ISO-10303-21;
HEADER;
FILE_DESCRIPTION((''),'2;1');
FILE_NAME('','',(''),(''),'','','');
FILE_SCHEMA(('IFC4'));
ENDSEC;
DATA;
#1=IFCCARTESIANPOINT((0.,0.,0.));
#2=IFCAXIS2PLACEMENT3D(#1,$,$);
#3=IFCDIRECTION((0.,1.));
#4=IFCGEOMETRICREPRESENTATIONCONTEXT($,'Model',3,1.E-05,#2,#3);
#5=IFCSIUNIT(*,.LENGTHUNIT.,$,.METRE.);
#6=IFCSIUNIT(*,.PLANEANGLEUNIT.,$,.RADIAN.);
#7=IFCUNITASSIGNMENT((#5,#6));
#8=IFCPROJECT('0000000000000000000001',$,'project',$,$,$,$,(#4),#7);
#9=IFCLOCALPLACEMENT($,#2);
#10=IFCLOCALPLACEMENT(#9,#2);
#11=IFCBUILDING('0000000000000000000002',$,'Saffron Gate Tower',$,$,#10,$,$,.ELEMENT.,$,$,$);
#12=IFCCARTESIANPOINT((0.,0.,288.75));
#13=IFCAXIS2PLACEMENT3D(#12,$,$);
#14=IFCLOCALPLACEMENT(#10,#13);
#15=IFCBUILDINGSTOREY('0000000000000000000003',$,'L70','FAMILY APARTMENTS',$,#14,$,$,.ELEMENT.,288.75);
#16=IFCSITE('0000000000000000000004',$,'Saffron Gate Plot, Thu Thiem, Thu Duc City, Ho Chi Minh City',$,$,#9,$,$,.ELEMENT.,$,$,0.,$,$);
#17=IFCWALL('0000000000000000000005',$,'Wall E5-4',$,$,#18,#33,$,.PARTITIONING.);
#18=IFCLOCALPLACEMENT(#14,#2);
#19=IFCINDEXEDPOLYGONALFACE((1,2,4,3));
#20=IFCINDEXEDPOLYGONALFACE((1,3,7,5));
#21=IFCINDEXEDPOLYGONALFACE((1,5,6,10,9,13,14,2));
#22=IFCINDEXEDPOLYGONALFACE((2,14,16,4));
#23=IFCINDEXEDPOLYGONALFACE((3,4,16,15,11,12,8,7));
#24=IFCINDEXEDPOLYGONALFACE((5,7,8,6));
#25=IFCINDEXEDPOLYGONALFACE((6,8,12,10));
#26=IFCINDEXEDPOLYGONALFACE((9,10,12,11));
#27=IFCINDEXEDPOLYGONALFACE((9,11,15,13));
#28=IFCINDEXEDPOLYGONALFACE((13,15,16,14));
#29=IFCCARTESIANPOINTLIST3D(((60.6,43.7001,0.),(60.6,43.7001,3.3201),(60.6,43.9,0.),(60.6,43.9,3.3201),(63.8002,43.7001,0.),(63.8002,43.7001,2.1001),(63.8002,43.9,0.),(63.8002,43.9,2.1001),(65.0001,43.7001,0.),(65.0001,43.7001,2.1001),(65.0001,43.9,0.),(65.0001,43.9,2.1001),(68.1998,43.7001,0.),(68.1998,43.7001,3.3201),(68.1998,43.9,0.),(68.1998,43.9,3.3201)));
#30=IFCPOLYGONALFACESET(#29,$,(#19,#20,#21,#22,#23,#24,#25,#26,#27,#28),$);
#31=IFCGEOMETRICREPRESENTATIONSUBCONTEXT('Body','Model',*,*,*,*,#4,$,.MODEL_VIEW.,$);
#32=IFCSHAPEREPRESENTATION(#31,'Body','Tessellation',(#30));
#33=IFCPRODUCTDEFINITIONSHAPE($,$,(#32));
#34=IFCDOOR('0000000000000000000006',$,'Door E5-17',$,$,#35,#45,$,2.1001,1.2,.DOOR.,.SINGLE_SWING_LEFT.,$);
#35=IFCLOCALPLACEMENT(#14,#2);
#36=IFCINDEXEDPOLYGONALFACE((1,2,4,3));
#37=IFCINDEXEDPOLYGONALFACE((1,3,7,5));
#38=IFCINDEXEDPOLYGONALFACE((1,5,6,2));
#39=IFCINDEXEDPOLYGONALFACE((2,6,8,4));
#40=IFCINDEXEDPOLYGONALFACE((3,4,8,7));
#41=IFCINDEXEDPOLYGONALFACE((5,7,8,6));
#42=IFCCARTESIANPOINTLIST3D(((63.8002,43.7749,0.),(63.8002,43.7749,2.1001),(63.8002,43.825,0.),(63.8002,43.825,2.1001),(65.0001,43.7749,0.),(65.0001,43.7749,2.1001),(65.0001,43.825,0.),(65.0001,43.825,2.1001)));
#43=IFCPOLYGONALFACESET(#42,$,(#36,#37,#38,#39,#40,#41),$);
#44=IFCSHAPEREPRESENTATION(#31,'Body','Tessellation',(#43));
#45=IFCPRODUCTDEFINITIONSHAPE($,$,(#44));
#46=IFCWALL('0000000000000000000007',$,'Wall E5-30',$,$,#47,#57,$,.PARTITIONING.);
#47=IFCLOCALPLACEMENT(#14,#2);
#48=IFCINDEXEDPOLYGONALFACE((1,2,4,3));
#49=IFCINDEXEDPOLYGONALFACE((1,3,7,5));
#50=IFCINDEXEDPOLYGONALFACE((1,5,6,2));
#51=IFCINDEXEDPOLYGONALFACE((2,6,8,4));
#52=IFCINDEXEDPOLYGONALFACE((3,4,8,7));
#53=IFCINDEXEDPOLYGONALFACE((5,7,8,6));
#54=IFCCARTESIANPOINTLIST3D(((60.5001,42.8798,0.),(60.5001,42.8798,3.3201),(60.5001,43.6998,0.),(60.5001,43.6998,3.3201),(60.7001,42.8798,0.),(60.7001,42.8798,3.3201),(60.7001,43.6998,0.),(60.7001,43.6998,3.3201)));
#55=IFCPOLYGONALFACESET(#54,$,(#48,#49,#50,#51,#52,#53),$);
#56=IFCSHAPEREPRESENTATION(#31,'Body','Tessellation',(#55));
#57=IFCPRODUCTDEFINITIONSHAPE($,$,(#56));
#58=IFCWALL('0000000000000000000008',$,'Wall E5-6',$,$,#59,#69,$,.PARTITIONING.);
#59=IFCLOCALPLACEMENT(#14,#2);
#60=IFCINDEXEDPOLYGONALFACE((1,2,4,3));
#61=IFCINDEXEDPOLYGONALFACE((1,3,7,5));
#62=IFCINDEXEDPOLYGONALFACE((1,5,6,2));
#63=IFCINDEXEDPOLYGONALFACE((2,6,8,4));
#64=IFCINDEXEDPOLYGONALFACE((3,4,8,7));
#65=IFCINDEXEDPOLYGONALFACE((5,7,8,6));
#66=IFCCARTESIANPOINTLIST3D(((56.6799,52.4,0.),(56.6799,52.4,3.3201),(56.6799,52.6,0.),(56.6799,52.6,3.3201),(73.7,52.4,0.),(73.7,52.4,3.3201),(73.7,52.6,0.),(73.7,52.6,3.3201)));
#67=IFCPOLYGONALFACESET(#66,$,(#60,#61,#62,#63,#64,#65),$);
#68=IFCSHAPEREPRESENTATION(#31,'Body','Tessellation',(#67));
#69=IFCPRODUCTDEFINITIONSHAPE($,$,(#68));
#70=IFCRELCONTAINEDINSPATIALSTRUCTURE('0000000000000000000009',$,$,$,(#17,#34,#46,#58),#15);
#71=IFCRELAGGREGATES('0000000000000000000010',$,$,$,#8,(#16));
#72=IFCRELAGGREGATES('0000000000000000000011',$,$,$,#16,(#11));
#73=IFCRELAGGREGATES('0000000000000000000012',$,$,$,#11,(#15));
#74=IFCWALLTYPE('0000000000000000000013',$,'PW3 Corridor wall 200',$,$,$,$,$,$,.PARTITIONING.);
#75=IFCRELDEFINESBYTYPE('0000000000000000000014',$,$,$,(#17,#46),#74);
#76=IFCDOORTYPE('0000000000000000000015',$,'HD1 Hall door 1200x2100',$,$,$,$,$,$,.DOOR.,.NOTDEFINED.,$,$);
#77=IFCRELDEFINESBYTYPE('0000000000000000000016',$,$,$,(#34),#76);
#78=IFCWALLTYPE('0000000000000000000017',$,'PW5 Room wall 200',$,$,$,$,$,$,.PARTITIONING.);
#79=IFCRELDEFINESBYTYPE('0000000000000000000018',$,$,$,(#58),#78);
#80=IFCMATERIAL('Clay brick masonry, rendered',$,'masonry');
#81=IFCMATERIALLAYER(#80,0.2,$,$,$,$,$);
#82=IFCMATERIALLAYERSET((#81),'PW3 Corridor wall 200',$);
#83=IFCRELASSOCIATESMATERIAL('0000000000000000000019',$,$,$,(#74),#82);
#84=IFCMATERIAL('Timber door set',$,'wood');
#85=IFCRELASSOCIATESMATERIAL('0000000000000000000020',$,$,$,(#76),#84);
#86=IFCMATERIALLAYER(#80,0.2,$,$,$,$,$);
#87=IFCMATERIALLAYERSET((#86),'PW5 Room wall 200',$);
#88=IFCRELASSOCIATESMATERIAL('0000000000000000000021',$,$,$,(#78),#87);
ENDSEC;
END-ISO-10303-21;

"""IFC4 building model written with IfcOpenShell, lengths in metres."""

from ifc_helpers import new_model, si_unit, direction, frame, frame_2d, origin, place, context, subcontext, project, spatial, rectangle, extrude, material, layer, layer_set, type_object, element, fill, save


model = new_model("IFC4")

# Units and contexts
model_context = context("Model", 3, precision=1e-05, world=origin(), true_north=direction((0.0, 1.0)))
body_context = subcontext(model_context, "Body", "Model", "MODEL_VIEW")
ifc_project = project(units=[si_unit("LENGTHUNIT", "METRE"), si_unit("PLANEANGLEUNIT", "RADIAN")], contexts=[model_context])

# Site, building, storey
site_placement = place(None, origin())
site = spatial("IfcSite", under=ifc_project, at=site_placement, Name="Saffron Gate Plot, Thu Thiem, Thu Duc City, Ho Chi Minh City", CompositionType="ELEMENT", RefElevation=0.0)
building_placement = place(site_placement, origin())
building = spatial("IfcBuilding", under=site, at=building_placement, Name="Saffron Gate Tower", CompositionType="ELEMENT")
storey_placement = place(building_placement, frame((0.0, 0.0, 288.75)))
storey = spatial("IfcBuildingStorey", under=building, at=storey_placement, Name="L70", Description="FAMILY APARTMENTS", CompositionType="ELEMENT", Elevation=288.75)

# Shared definitions
ifc_material_1 = material(Name="Clay brick masonry, rendered", Category="masonry")
ifc_layer_1 = layer(ifc_material_1, 0.2)
ifc_layer_set_1 = layer_set([ifc_layer_1], Name="PW3 Corridor wall 200")
wall_type_1 = type_object("IfcWallType", Name="PW3 Corridor wall 200", PredefinedType="PARTITIONING", material=ifc_layer_set_1)

# Wall, opening, door
wall_1_placement = place(storey_placement, frame((60.6001, 43.8, 0.0), z_axis=(0.0, 0.0, 1.0), x_axis=(1.0, 0.0, 0.0)))
wall_1 = element("IfcWall", 1, at=wall_1_placement, inside=storey, type_object=wall_type_1, Name="Wall E5-4", PredefinedType="PARTITIONING", context=body_context, shape_type="SweptSolid", body=[
    extrude(rectangle(XDim=7.5999, YDim=0.2, at=frame_2d((3.7998, 0.0))), origin(), (0.0, 0.0, 1.0), 3.3201),
])
opening_1_placement = place(wall_1_placement, frame((3.2, 0.0, 0.0)))
opening_1 = element("IfcOpeningElement", 2, at=opening_1_placement, cuts=wall_1, PredefinedType="OPENING", context=body_context, shape_type="SweptSolid", body=[
    extrude(rectangle(XDim=1.2, YDim=2.1001, at=frame_2d((0.6001, 1.05))), frame((0.0, 0.1099, 0.0), z_axis=(0.0, -1.0, 0.0), x_axis=(1.0, 0.0, 0.0)), (0.0, 0.0, 1.0), 0.22),
])
ifc_material_2 = material(Name="Timber door set", Category="wood")
door_type = type_object("IfcDoorType", Name="HD1 Hall door 1200x2100", OperationType="NOTDEFINED", PredefinedType="DOOR", material=ifc_material_2)
door_placement = place(opening_1_placement, origin())
door = element("IfcDoor", 3, at=door_placement, inside=storey, type_object=door_type, Name="Door E5-17", OperationType="SINGLE_SWING_LEFT", OverallHeight=2.1001, OverallWidth=1.2, PredefinedType="DOOR", context=body_context, shape_type="SweptSolid", body=[
    extrude(rectangle(XDim=1.2, YDim=2.1001, at=frame_2d((0.6001, 1.05))), frame((0.0, 0.0249, 0.0), z_axis=(0.0, -1.0, 0.0), x_axis=(1.0, 0.0, 0.0)), (0.0, 0.0, 1.0), 0.05),
])
fill(opening_1, door)

# Walls
wall_2_placement = place(storey_placement, frame((60.6001, 43.7, 0.0), z_axis=(0.0, 0.0, 1.0), x_axis=(0.0, -1.0, 0.0)))
element("IfcWall", 4, at=wall_2_placement, inside=storey, type_object=wall_type_1, Name="Wall E5-30", PredefinedType="PARTITIONING", context=body_context, shape_type="SweptSolid", body=[
    extrude(rectangle(XDim=0.8201, YDim=0.2, at=frame_2d((0.4102, 0.0))), origin(), (0.0, 0.0, 1.0), 3.3201),
])
ifc_layer_2 = layer(ifc_material_1, 0.2)
ifc_layer_set_2 = layer_set([ifc_layer_2], Name="PW5 Room wall 200")
wall_type_2 = type_object("IfcWallType", Name="PW5 Room wall 200", PredefinedType="PARTITIONING", material=ifc_layer_set_2)
wall_3_placement = place(storey_placement, frame((56.6799, 52.5, 0.0), z_axis=(0.0, 0.0, 1.0), x_axis=(1.0, 0.0, 0.0)))
element("IfcWall", 5, at=wall_3_placement, inside=storey, type_object=wall_type_2, Name="Wall E5-6", PredefinedType="PARTITIONING", context=body_context, shape_type="SweptSolid", body=[
    extrude(rectangle(XDim=17.02, YDim=0.2, at=frame_2d((8.51, 0.0))), origin(), (0.0, 0.0, 1.0), 3.3201),
])

save(model, "model.ifc")
